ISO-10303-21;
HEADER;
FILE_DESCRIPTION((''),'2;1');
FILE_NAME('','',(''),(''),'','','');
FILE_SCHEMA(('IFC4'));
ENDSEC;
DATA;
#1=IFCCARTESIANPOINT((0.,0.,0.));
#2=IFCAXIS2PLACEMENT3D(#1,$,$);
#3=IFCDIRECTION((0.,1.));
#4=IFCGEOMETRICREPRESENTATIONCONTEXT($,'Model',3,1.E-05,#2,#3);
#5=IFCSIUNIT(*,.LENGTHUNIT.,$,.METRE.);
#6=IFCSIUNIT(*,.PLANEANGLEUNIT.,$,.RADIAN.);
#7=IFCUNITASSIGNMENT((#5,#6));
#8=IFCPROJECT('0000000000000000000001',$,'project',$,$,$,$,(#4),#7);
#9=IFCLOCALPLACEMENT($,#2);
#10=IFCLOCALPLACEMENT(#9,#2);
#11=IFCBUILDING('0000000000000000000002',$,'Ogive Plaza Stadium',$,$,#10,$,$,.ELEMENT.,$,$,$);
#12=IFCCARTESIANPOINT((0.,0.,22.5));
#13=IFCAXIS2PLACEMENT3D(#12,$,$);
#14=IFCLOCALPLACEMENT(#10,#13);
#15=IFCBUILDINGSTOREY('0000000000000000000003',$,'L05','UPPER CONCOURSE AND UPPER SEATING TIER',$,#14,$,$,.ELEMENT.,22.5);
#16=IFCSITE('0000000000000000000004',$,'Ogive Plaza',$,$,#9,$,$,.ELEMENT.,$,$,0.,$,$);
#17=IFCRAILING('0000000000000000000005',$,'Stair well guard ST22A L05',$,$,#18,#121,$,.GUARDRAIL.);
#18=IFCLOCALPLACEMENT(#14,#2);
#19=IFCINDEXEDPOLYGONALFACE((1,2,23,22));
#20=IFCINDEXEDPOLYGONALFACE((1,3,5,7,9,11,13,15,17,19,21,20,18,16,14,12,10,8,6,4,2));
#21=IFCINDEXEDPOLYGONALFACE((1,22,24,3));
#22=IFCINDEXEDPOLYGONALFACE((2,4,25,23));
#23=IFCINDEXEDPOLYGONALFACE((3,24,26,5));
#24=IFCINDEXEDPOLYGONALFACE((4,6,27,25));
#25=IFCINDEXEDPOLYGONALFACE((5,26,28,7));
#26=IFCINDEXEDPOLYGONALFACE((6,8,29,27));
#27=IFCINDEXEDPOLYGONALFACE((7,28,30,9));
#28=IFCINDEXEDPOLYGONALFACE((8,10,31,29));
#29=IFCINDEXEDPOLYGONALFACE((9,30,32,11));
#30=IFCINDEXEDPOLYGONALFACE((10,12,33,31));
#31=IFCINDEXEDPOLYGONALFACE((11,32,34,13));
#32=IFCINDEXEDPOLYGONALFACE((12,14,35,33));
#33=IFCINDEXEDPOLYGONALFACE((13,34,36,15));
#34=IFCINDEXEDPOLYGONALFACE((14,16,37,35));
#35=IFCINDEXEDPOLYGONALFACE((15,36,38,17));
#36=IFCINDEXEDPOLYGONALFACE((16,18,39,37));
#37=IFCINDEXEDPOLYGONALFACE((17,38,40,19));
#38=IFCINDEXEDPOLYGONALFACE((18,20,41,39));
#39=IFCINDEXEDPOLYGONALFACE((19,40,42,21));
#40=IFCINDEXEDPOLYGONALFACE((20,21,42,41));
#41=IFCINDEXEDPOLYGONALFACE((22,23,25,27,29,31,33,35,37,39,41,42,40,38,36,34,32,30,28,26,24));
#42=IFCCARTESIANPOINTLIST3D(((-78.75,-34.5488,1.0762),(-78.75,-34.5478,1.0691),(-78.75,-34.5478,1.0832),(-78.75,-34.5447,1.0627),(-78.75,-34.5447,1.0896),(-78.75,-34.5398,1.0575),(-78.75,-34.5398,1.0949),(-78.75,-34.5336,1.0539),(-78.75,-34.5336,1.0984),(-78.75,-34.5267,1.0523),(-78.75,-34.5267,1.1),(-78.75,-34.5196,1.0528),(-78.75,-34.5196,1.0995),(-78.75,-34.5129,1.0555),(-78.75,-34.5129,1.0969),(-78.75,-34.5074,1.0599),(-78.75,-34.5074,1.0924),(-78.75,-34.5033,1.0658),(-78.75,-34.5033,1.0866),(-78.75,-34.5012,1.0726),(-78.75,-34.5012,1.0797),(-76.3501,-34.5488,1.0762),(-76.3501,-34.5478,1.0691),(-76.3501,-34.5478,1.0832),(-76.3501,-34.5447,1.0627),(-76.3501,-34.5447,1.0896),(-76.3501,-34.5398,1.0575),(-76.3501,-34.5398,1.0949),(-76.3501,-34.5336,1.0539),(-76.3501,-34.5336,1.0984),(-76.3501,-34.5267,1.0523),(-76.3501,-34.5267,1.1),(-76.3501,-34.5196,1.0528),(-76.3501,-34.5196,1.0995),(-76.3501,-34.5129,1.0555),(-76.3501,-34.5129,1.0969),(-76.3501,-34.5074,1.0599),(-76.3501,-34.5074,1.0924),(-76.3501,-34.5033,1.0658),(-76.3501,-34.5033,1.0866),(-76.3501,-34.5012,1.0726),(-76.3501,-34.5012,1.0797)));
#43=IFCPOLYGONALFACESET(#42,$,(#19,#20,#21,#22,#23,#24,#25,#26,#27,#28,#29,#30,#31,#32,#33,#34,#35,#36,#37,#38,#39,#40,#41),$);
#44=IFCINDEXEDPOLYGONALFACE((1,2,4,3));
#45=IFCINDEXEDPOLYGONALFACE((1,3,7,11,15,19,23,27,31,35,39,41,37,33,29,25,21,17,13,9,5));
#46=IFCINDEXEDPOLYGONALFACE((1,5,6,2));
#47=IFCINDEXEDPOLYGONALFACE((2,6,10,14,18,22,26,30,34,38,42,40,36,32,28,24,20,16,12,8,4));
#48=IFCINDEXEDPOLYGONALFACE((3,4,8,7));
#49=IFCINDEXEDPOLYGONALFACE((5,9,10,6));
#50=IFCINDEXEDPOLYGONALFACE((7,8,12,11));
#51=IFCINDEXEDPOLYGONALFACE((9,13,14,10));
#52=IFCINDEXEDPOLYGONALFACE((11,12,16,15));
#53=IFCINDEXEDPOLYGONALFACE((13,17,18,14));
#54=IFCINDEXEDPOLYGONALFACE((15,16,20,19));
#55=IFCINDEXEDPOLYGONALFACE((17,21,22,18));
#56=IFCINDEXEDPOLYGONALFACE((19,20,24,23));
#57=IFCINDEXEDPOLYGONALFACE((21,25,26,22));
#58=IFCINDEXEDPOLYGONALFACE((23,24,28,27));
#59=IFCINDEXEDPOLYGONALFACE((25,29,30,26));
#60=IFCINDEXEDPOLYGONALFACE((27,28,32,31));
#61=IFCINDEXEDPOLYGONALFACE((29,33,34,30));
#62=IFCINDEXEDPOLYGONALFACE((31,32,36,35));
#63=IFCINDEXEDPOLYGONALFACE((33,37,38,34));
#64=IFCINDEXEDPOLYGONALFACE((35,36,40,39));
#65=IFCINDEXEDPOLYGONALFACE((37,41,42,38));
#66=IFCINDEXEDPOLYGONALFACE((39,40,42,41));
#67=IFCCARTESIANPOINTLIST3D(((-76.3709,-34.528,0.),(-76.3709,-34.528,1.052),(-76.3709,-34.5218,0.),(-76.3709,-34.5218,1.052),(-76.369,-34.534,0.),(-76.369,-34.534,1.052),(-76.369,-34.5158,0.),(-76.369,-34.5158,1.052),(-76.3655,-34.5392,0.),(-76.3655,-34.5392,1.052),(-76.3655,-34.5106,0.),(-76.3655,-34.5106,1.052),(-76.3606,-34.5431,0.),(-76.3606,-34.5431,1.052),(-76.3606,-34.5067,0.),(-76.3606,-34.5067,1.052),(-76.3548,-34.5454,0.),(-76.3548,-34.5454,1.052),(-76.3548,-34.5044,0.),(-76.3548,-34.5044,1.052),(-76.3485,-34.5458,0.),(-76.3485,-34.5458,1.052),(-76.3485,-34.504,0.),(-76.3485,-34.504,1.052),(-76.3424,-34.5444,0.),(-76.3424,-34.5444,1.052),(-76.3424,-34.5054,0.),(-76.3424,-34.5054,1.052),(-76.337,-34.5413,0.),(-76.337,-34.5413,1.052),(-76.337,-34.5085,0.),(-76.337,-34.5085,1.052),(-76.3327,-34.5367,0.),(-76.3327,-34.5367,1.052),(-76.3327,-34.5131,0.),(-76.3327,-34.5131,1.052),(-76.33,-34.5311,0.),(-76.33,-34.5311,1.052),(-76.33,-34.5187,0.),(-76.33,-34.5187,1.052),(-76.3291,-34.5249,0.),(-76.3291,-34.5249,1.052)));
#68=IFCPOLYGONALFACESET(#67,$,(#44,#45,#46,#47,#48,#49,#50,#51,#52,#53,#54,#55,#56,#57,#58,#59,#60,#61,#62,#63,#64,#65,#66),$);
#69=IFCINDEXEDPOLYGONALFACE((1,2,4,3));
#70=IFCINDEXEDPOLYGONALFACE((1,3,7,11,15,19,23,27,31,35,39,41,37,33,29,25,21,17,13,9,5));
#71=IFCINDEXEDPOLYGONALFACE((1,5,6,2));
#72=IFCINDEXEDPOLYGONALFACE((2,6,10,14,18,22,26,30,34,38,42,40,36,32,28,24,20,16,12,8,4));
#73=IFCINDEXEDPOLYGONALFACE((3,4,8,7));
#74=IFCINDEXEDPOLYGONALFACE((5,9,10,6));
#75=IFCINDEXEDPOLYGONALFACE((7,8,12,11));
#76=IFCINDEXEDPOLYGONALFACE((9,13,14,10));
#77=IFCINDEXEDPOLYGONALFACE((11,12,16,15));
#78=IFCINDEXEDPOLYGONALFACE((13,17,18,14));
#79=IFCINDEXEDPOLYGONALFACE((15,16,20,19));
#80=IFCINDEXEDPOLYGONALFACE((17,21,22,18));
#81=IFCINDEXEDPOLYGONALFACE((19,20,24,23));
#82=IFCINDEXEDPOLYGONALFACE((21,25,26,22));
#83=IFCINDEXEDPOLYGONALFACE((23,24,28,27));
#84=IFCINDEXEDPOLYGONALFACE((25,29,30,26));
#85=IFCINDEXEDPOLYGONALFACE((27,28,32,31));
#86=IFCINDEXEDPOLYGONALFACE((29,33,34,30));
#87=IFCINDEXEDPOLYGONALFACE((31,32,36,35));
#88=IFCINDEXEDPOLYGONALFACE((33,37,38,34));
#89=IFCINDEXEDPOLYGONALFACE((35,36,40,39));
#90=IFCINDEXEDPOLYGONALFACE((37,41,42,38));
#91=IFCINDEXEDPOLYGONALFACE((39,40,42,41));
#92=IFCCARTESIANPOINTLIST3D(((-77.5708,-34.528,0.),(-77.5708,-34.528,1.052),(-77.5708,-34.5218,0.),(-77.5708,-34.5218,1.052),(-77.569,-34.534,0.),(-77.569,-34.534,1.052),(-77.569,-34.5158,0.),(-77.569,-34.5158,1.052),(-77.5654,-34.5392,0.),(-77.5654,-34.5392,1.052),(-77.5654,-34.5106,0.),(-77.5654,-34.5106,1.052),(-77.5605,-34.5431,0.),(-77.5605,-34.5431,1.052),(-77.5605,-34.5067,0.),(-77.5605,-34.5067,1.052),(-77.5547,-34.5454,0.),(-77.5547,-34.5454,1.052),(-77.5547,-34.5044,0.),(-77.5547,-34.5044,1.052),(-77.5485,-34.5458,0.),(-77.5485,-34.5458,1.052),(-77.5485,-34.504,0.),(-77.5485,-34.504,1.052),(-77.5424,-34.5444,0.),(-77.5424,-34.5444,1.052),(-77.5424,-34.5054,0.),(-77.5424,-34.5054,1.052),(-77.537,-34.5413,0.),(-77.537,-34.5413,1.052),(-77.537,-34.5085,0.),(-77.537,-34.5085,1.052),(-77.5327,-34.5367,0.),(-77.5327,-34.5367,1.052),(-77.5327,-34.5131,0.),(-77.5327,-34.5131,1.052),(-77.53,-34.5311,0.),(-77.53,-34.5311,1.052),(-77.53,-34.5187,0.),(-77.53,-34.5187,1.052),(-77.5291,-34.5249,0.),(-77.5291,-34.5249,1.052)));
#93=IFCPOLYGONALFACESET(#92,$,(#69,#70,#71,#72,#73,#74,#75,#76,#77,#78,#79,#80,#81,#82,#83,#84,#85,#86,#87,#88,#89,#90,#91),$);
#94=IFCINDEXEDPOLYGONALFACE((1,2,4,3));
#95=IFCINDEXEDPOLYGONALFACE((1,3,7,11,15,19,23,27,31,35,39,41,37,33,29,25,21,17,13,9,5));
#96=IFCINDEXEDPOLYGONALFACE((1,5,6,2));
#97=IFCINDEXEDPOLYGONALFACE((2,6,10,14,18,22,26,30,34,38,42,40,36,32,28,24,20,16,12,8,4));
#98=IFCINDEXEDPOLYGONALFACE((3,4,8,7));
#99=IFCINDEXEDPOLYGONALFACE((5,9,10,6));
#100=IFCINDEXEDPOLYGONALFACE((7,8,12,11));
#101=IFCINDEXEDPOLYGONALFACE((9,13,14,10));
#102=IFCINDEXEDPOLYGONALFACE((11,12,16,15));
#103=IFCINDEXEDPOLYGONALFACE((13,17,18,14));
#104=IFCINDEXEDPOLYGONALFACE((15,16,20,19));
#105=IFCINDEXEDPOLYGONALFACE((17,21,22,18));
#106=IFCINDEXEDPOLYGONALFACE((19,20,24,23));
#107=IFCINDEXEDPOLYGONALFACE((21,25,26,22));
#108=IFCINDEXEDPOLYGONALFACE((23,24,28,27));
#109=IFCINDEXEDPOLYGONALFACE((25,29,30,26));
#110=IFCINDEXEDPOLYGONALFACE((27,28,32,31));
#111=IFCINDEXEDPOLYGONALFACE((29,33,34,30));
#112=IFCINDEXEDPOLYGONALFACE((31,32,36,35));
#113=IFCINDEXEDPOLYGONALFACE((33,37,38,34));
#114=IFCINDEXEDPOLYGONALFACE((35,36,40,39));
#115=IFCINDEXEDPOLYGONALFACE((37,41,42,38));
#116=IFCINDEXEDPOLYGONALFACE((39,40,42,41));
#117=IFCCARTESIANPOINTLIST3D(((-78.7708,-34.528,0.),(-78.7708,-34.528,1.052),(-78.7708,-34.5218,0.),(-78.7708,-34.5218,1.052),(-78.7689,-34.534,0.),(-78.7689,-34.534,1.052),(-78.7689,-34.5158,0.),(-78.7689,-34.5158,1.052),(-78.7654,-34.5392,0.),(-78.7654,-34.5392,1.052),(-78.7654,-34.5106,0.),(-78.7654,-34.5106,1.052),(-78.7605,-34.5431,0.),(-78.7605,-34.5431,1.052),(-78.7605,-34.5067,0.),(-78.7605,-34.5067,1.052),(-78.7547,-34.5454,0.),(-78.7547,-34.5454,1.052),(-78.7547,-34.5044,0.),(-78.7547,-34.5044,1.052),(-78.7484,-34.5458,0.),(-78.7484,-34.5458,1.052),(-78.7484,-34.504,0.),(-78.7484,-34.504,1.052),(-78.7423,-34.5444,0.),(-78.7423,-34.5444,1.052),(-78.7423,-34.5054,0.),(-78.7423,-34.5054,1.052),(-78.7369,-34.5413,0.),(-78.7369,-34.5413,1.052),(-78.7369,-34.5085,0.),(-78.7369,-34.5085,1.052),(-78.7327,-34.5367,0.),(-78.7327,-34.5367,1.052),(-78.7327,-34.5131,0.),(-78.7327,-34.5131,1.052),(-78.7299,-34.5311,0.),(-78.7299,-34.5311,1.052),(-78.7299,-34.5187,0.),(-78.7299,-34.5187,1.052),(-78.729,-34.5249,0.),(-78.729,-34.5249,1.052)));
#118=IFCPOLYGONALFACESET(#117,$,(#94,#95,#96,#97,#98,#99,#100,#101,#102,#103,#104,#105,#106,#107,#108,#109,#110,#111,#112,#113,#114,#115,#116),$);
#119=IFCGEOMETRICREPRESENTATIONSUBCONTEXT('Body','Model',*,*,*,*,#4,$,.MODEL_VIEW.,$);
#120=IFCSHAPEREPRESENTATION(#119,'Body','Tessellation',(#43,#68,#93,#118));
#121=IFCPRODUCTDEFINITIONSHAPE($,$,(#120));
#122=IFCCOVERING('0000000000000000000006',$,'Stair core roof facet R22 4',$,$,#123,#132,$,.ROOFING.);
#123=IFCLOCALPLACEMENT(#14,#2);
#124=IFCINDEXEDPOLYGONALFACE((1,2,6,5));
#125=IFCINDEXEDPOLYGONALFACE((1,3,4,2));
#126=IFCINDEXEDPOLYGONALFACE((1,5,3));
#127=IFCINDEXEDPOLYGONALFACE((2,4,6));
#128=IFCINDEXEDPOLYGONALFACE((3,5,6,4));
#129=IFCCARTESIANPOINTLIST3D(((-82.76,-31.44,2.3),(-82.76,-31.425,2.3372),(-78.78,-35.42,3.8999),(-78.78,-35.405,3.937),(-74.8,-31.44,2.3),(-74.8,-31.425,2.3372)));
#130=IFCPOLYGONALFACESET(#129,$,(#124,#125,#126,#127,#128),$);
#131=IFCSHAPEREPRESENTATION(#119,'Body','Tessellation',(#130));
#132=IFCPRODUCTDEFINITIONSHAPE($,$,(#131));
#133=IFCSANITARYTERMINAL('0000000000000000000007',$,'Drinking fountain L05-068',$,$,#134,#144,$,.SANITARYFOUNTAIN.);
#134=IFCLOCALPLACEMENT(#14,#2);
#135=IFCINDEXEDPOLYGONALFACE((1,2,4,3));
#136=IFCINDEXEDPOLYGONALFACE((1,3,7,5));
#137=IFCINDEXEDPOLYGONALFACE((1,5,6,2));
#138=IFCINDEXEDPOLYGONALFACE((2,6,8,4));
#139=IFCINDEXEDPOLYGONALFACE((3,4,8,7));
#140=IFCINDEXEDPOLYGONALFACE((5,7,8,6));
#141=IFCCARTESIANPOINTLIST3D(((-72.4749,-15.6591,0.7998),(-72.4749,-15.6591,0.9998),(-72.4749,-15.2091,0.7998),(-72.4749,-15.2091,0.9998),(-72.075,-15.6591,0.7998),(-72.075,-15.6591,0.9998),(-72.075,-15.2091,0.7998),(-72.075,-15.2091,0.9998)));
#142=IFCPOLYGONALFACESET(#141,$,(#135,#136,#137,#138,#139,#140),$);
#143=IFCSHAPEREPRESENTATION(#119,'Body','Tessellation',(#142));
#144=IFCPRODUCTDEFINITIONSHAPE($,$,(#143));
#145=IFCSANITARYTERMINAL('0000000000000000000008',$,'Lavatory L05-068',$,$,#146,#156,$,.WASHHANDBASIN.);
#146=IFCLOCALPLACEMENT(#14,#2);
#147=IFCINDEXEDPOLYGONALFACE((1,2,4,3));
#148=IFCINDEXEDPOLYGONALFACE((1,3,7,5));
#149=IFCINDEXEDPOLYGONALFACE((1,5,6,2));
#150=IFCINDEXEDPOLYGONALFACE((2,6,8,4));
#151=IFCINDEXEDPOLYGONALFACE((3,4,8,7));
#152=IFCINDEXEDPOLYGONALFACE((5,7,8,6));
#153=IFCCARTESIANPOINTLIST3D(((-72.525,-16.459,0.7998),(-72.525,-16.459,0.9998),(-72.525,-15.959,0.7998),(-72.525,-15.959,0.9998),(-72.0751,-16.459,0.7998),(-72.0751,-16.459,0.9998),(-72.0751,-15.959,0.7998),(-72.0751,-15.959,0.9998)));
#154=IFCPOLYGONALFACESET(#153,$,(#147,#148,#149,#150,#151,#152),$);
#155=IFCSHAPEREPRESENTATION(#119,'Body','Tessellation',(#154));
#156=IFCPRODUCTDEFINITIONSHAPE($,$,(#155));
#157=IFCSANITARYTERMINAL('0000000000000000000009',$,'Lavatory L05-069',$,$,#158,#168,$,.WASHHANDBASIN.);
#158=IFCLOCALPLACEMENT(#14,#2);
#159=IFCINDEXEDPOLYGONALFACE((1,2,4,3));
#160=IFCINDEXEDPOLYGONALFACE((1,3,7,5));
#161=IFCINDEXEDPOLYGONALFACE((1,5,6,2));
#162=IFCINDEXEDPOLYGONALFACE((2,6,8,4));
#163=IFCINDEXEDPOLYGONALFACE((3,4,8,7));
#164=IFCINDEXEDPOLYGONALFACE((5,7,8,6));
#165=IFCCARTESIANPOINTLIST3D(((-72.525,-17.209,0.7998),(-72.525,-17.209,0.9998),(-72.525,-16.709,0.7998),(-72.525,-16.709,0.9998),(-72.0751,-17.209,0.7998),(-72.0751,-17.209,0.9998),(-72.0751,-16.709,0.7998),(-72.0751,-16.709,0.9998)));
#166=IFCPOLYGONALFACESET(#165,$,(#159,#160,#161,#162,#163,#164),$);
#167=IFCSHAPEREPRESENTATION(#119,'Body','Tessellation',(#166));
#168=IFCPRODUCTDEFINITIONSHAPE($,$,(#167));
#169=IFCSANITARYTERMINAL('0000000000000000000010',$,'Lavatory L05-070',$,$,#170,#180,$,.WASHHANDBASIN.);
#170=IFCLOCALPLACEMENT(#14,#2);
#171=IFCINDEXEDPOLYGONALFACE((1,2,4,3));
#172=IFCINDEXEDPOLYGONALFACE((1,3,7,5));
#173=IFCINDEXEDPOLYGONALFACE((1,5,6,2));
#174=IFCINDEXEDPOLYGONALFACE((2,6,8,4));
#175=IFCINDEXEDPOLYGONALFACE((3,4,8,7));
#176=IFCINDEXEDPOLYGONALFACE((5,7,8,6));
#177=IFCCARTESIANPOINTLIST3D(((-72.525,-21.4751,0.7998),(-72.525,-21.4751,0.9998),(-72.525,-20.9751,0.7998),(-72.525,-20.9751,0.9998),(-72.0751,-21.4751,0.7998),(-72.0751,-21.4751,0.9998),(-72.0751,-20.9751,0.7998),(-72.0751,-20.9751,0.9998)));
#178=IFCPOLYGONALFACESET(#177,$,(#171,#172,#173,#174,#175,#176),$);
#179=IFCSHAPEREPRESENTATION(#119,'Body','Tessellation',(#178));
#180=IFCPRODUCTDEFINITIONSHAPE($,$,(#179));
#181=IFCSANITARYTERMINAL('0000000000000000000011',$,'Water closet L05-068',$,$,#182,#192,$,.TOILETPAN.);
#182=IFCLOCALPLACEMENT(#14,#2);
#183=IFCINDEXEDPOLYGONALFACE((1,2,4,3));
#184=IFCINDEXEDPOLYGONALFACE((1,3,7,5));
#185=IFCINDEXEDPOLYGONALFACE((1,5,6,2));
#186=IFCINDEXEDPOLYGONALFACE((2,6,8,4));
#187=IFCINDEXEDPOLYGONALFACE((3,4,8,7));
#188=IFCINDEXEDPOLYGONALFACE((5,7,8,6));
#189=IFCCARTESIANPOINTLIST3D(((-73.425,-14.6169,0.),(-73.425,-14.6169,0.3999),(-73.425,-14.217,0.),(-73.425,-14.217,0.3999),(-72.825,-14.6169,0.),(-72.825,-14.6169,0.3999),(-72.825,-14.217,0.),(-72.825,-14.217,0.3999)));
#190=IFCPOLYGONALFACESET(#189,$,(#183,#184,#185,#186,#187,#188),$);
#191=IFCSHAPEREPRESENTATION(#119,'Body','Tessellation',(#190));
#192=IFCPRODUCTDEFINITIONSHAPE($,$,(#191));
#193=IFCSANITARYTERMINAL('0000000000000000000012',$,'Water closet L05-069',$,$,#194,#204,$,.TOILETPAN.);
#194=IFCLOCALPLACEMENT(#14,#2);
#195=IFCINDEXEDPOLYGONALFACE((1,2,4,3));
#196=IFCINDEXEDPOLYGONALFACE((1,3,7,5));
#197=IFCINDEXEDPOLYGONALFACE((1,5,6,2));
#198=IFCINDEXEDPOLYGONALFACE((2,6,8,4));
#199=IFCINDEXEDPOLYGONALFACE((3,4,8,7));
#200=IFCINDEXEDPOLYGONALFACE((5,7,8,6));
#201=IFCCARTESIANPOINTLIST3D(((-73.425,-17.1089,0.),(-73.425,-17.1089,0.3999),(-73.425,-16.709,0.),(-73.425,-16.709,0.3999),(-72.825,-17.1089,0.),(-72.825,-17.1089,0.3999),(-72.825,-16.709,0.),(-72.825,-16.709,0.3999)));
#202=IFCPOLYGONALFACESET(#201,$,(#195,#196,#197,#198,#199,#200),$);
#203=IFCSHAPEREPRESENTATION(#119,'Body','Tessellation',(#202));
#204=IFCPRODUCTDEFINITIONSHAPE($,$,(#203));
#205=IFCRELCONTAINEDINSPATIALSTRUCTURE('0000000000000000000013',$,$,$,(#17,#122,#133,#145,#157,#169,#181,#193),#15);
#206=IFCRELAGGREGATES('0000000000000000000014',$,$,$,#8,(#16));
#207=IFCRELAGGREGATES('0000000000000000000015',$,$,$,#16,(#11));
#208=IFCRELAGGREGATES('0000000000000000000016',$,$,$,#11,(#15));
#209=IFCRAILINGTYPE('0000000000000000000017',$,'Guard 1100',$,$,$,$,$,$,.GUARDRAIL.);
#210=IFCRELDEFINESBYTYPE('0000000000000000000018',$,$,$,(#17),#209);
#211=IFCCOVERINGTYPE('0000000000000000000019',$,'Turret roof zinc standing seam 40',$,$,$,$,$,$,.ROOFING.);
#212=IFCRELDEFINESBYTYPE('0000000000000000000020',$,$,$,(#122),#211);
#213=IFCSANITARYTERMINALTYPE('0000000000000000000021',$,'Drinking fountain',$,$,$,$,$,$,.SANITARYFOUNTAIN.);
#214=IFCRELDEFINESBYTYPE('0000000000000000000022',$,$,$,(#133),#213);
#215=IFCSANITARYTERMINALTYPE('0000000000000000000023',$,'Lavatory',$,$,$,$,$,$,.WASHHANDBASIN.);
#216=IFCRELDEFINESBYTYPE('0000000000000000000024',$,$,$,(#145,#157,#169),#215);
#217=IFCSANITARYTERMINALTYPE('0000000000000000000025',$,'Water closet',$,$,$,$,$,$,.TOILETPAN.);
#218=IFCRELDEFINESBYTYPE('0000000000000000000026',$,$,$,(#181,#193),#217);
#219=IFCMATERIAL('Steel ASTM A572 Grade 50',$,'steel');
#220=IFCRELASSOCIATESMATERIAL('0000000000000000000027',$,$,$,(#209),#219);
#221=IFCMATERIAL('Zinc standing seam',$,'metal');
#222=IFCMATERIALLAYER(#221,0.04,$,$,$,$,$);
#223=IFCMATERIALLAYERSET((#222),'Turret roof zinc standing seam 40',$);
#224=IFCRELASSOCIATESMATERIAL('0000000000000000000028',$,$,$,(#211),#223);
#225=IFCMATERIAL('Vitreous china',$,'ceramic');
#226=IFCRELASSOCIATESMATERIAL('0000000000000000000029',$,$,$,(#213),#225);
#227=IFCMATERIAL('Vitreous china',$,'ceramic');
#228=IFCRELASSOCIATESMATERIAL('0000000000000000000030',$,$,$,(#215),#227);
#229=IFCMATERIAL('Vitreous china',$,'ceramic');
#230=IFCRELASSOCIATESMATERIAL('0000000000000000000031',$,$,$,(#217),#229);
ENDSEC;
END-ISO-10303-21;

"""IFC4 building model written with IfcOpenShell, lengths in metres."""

from ifc_helpers import new_model, si_unit, direction, frame, origin, origin_2d, place, context, subcontext, project, spatial, polyline, rectangle, circle, outline, extrude, material, layer, layer_set, type_object, element, save


model = new_model("IFC4")

# Units and contexts
model_context = context("Model", 3, precision=1e-05, world=origin(), true_north=direction((0.0, 1.0)))
body_context = subcontext(model_context, "Body", "Model", "MODEL_VIEW")
ifc_project = project(units=[si_unit("LENGTHUNIT", "METRE"), si_unit("PLANEANGLEUNIT", "RADIAN")], contexts=[model_context])

# Site, building, storey
site_placement = place(None, origin())
site = spatial("IfcSite", under=ifc_project, at=site_placement, Name="Ogive Plaza", CompositionType="ELEMENT", RefElevation=0.0)
building_placement = place(site_placement, origin())
building = spatial("IfcBuilding", under=site, at=building_placement, Name="Ogive Plaza Stadium", CompositionType="ELEMENT")
storey_placement = place(building_placement, frame((0.0, 0.0, 22.5)))
storey = spatial("IfcBuildingStorey", under=building, at=storey_placement, Name="L05", Description="UPPER CONCOURSE AND UPPER SEATING TIER", CompositionType="ELEMENT", Elevation=22.5)

# Railing
ifc_material_1 = material(Name="Steel ASTM A572 Grade 50", Category="steel")
railing_type = type_object("IfcRailingType", Name="Guard 1100", PredefinedType="GUARDRAIL", material=ifc_material_1)
railing_placement = place(storey_placement, frame((-76.3501, -34.5249, 0.0)))
element("IfcRailing", 1, at=railing_placement, inside=storey, type_object=railing_type, Name="Stair well guard ST22A L05", PredefinedType="GUARDRAIL", context=body_context, shape_type="SweptSolid", body=[
    extrude(circle(Radius=0.0239, at=origin_2d()), frame((0.0, 0.0, 1.0762), z_axis=(-1.0, 0.0, 0.0), x_axis=(0.0, -1.0, 0.0)), (0.0, 0.0, 1.0), 2.3999),
    extrude(circle(Radius=0.021, at=origin_2d()), origin(), (0.0, 0.0, 1.0), 1.052),
    extrude(circle(Radius=0.021, at=origin_2d()), frame((-1.2, 0.0, 0.0)), (0.0, 0.0, 1.0), 1.052),
    extrude(circle(Radius=0.021, at=origin_2d()), frame((-2.3999, 0.0, 0.0)), (0.0, 0.0, 1.0), 1.052),
])

# Covering
ifc_material_2 = material(Name="Zinc standing seam", Category="metal")
ifc_layer_1 = layer(ifc_material_2, 0.04)
ifc_layer_set_1 = layer_set([ifc_layer_1], Name="Turret roof zinc standing seam 40")
covering_type = type_object("IfcCoveringType", Name="Turret roof zinc standing seam 40", PredefinedType="ROOFING", material=ifc_layer_set_1)
covering_placement = place(storey_placement, frame((-74.8, -31.425, 2.3372), z_axis=(0.0, 0.37297, 0.927843), x_axis=(-1.0, 0.0, 0.0)))
element("IfcCovering", 2, at=covering_placement, inside=storey, type_object=covering_type, Name="Stair core roof facet R22 4", PredefinedType="ROOFING", context=body_context, shape_type="SweptSolid", body=[
    extrude(outline(polyline([(0.0, 0.0), (7.96, 0.0), (3.98, 4.2895), (0.0, 0.0)])), origin(), (0.0, 0.0, -1.0), 0.04),
])

# Sanitary terminals
ifc_material_3 = material(Name="Vitreous china", Category="ceramic")
sanitary_terminal_type_1 = type_object("IfcSanitaryTerminalType", Name="Drinking fountain", PredefinedType="SANITARYFOUNTAIN", material=ifc_material_3)
sanitary_terminal_placement = place(storey_placement, frame((-72.2749, -15.4341, 0.7998), z_axis=(0.0, 0.0, 1.0), x_axis=(0.0, 1.0, 0.0)))
element("IfcSanitaryTerminal", 3, at=sanitary_terminal_placement, inside=storey, type_object=sanitary_terminal_type_1, Name="Drinking fountain L05-068", PredefinedType="SANITARYFOUNTAIN", context=body_context, shape_type="SweptSolid", body=[
    extrude(rectangle(XDim=0.45, YDim=0.3999, at=origin_2d()), origin(), (0.0, 0.0, 1.0), 0.2),
])
ifc_material_4 = material(Name="Vitreous china", Category="ceramic")
sanitary_terminal_type_2 = type_object("IfcSanitaryTerminalType", Name="Lavatory", PredefinedType="WASHHANDBASIN", material=ifc_material_4)
for number, where, z_axis, x_axis, name in (
    (4, (-72.3, -16.209, 0.7998), (0.0, 0.0, 1.0), (0.0, 1.0, 0.0), "Lavatory L05-068"),
    (5, (-72.3, -16.959, 0.7998), (0.0, 0.0, 1.0), (0.0, -1.0, 0.0), "Lavatory L05-069"),
    (6, (-72.3, -21.2251, 0.7998), (0.0, 0.0, 1.0), (0.0, 1.0, 0.0), "Lavatory L05-070"),
):
    element("IfcSanitaryTerminal", number, at=place(storey_placement, frame(where, z_axis=z_axis, x_axis=x_axis)), inside=storey, type_object=sanitary_terminal_type_2, Name=name, PredefinedType="WASHHANDBASIN", context=body_context, shape_type="SweptSolid", body=[
        extrude(rectangle(XDim=0.5, YDim=0.45, at=origin_2d()), origin(), (0.0, 0.0, 1.0), 0.2),
    ])
ifc_material_5 = material(Name="Vitreous china", Category="ceramic")
sanitary_terminal_type_3 = type_object("IfcSanitaryTerminalType", Name="Water closet", PredefinedType="TOILETPAN", material=ifc_material_5)
for number, where, z_axis, x_axis, name in (
    (7, (-73.125, -14.417, 0.0), (0.0, 0.0, 1.0), (0.0, -1.0, 0.0), "Water closet L05-068"),
    (8, (-73.125, -16.9089, 0.0), (0.0, 0.0, 1.0), (0.0, -1.0, 0.0), "Water closet L05-069"),
):
    element("IfcSanitaryTerminal", number, at=place(storey_placement, frame(where, z_axis=z_axis, x_axis=x_axis)), inside=storey, type_object=sanitary_terminal_type_3, Name=name, PredefinedType="TOILETPAN", context=body_context, shape_type="SweptSolid", body=[
        extrude(rectangle(XDim=0.3999, YDim=0.6001, at=origin_2d()), origin(), (0.0, 0.0, 1.0), 0.3999),
    ])

save(model, "model.ifc")
